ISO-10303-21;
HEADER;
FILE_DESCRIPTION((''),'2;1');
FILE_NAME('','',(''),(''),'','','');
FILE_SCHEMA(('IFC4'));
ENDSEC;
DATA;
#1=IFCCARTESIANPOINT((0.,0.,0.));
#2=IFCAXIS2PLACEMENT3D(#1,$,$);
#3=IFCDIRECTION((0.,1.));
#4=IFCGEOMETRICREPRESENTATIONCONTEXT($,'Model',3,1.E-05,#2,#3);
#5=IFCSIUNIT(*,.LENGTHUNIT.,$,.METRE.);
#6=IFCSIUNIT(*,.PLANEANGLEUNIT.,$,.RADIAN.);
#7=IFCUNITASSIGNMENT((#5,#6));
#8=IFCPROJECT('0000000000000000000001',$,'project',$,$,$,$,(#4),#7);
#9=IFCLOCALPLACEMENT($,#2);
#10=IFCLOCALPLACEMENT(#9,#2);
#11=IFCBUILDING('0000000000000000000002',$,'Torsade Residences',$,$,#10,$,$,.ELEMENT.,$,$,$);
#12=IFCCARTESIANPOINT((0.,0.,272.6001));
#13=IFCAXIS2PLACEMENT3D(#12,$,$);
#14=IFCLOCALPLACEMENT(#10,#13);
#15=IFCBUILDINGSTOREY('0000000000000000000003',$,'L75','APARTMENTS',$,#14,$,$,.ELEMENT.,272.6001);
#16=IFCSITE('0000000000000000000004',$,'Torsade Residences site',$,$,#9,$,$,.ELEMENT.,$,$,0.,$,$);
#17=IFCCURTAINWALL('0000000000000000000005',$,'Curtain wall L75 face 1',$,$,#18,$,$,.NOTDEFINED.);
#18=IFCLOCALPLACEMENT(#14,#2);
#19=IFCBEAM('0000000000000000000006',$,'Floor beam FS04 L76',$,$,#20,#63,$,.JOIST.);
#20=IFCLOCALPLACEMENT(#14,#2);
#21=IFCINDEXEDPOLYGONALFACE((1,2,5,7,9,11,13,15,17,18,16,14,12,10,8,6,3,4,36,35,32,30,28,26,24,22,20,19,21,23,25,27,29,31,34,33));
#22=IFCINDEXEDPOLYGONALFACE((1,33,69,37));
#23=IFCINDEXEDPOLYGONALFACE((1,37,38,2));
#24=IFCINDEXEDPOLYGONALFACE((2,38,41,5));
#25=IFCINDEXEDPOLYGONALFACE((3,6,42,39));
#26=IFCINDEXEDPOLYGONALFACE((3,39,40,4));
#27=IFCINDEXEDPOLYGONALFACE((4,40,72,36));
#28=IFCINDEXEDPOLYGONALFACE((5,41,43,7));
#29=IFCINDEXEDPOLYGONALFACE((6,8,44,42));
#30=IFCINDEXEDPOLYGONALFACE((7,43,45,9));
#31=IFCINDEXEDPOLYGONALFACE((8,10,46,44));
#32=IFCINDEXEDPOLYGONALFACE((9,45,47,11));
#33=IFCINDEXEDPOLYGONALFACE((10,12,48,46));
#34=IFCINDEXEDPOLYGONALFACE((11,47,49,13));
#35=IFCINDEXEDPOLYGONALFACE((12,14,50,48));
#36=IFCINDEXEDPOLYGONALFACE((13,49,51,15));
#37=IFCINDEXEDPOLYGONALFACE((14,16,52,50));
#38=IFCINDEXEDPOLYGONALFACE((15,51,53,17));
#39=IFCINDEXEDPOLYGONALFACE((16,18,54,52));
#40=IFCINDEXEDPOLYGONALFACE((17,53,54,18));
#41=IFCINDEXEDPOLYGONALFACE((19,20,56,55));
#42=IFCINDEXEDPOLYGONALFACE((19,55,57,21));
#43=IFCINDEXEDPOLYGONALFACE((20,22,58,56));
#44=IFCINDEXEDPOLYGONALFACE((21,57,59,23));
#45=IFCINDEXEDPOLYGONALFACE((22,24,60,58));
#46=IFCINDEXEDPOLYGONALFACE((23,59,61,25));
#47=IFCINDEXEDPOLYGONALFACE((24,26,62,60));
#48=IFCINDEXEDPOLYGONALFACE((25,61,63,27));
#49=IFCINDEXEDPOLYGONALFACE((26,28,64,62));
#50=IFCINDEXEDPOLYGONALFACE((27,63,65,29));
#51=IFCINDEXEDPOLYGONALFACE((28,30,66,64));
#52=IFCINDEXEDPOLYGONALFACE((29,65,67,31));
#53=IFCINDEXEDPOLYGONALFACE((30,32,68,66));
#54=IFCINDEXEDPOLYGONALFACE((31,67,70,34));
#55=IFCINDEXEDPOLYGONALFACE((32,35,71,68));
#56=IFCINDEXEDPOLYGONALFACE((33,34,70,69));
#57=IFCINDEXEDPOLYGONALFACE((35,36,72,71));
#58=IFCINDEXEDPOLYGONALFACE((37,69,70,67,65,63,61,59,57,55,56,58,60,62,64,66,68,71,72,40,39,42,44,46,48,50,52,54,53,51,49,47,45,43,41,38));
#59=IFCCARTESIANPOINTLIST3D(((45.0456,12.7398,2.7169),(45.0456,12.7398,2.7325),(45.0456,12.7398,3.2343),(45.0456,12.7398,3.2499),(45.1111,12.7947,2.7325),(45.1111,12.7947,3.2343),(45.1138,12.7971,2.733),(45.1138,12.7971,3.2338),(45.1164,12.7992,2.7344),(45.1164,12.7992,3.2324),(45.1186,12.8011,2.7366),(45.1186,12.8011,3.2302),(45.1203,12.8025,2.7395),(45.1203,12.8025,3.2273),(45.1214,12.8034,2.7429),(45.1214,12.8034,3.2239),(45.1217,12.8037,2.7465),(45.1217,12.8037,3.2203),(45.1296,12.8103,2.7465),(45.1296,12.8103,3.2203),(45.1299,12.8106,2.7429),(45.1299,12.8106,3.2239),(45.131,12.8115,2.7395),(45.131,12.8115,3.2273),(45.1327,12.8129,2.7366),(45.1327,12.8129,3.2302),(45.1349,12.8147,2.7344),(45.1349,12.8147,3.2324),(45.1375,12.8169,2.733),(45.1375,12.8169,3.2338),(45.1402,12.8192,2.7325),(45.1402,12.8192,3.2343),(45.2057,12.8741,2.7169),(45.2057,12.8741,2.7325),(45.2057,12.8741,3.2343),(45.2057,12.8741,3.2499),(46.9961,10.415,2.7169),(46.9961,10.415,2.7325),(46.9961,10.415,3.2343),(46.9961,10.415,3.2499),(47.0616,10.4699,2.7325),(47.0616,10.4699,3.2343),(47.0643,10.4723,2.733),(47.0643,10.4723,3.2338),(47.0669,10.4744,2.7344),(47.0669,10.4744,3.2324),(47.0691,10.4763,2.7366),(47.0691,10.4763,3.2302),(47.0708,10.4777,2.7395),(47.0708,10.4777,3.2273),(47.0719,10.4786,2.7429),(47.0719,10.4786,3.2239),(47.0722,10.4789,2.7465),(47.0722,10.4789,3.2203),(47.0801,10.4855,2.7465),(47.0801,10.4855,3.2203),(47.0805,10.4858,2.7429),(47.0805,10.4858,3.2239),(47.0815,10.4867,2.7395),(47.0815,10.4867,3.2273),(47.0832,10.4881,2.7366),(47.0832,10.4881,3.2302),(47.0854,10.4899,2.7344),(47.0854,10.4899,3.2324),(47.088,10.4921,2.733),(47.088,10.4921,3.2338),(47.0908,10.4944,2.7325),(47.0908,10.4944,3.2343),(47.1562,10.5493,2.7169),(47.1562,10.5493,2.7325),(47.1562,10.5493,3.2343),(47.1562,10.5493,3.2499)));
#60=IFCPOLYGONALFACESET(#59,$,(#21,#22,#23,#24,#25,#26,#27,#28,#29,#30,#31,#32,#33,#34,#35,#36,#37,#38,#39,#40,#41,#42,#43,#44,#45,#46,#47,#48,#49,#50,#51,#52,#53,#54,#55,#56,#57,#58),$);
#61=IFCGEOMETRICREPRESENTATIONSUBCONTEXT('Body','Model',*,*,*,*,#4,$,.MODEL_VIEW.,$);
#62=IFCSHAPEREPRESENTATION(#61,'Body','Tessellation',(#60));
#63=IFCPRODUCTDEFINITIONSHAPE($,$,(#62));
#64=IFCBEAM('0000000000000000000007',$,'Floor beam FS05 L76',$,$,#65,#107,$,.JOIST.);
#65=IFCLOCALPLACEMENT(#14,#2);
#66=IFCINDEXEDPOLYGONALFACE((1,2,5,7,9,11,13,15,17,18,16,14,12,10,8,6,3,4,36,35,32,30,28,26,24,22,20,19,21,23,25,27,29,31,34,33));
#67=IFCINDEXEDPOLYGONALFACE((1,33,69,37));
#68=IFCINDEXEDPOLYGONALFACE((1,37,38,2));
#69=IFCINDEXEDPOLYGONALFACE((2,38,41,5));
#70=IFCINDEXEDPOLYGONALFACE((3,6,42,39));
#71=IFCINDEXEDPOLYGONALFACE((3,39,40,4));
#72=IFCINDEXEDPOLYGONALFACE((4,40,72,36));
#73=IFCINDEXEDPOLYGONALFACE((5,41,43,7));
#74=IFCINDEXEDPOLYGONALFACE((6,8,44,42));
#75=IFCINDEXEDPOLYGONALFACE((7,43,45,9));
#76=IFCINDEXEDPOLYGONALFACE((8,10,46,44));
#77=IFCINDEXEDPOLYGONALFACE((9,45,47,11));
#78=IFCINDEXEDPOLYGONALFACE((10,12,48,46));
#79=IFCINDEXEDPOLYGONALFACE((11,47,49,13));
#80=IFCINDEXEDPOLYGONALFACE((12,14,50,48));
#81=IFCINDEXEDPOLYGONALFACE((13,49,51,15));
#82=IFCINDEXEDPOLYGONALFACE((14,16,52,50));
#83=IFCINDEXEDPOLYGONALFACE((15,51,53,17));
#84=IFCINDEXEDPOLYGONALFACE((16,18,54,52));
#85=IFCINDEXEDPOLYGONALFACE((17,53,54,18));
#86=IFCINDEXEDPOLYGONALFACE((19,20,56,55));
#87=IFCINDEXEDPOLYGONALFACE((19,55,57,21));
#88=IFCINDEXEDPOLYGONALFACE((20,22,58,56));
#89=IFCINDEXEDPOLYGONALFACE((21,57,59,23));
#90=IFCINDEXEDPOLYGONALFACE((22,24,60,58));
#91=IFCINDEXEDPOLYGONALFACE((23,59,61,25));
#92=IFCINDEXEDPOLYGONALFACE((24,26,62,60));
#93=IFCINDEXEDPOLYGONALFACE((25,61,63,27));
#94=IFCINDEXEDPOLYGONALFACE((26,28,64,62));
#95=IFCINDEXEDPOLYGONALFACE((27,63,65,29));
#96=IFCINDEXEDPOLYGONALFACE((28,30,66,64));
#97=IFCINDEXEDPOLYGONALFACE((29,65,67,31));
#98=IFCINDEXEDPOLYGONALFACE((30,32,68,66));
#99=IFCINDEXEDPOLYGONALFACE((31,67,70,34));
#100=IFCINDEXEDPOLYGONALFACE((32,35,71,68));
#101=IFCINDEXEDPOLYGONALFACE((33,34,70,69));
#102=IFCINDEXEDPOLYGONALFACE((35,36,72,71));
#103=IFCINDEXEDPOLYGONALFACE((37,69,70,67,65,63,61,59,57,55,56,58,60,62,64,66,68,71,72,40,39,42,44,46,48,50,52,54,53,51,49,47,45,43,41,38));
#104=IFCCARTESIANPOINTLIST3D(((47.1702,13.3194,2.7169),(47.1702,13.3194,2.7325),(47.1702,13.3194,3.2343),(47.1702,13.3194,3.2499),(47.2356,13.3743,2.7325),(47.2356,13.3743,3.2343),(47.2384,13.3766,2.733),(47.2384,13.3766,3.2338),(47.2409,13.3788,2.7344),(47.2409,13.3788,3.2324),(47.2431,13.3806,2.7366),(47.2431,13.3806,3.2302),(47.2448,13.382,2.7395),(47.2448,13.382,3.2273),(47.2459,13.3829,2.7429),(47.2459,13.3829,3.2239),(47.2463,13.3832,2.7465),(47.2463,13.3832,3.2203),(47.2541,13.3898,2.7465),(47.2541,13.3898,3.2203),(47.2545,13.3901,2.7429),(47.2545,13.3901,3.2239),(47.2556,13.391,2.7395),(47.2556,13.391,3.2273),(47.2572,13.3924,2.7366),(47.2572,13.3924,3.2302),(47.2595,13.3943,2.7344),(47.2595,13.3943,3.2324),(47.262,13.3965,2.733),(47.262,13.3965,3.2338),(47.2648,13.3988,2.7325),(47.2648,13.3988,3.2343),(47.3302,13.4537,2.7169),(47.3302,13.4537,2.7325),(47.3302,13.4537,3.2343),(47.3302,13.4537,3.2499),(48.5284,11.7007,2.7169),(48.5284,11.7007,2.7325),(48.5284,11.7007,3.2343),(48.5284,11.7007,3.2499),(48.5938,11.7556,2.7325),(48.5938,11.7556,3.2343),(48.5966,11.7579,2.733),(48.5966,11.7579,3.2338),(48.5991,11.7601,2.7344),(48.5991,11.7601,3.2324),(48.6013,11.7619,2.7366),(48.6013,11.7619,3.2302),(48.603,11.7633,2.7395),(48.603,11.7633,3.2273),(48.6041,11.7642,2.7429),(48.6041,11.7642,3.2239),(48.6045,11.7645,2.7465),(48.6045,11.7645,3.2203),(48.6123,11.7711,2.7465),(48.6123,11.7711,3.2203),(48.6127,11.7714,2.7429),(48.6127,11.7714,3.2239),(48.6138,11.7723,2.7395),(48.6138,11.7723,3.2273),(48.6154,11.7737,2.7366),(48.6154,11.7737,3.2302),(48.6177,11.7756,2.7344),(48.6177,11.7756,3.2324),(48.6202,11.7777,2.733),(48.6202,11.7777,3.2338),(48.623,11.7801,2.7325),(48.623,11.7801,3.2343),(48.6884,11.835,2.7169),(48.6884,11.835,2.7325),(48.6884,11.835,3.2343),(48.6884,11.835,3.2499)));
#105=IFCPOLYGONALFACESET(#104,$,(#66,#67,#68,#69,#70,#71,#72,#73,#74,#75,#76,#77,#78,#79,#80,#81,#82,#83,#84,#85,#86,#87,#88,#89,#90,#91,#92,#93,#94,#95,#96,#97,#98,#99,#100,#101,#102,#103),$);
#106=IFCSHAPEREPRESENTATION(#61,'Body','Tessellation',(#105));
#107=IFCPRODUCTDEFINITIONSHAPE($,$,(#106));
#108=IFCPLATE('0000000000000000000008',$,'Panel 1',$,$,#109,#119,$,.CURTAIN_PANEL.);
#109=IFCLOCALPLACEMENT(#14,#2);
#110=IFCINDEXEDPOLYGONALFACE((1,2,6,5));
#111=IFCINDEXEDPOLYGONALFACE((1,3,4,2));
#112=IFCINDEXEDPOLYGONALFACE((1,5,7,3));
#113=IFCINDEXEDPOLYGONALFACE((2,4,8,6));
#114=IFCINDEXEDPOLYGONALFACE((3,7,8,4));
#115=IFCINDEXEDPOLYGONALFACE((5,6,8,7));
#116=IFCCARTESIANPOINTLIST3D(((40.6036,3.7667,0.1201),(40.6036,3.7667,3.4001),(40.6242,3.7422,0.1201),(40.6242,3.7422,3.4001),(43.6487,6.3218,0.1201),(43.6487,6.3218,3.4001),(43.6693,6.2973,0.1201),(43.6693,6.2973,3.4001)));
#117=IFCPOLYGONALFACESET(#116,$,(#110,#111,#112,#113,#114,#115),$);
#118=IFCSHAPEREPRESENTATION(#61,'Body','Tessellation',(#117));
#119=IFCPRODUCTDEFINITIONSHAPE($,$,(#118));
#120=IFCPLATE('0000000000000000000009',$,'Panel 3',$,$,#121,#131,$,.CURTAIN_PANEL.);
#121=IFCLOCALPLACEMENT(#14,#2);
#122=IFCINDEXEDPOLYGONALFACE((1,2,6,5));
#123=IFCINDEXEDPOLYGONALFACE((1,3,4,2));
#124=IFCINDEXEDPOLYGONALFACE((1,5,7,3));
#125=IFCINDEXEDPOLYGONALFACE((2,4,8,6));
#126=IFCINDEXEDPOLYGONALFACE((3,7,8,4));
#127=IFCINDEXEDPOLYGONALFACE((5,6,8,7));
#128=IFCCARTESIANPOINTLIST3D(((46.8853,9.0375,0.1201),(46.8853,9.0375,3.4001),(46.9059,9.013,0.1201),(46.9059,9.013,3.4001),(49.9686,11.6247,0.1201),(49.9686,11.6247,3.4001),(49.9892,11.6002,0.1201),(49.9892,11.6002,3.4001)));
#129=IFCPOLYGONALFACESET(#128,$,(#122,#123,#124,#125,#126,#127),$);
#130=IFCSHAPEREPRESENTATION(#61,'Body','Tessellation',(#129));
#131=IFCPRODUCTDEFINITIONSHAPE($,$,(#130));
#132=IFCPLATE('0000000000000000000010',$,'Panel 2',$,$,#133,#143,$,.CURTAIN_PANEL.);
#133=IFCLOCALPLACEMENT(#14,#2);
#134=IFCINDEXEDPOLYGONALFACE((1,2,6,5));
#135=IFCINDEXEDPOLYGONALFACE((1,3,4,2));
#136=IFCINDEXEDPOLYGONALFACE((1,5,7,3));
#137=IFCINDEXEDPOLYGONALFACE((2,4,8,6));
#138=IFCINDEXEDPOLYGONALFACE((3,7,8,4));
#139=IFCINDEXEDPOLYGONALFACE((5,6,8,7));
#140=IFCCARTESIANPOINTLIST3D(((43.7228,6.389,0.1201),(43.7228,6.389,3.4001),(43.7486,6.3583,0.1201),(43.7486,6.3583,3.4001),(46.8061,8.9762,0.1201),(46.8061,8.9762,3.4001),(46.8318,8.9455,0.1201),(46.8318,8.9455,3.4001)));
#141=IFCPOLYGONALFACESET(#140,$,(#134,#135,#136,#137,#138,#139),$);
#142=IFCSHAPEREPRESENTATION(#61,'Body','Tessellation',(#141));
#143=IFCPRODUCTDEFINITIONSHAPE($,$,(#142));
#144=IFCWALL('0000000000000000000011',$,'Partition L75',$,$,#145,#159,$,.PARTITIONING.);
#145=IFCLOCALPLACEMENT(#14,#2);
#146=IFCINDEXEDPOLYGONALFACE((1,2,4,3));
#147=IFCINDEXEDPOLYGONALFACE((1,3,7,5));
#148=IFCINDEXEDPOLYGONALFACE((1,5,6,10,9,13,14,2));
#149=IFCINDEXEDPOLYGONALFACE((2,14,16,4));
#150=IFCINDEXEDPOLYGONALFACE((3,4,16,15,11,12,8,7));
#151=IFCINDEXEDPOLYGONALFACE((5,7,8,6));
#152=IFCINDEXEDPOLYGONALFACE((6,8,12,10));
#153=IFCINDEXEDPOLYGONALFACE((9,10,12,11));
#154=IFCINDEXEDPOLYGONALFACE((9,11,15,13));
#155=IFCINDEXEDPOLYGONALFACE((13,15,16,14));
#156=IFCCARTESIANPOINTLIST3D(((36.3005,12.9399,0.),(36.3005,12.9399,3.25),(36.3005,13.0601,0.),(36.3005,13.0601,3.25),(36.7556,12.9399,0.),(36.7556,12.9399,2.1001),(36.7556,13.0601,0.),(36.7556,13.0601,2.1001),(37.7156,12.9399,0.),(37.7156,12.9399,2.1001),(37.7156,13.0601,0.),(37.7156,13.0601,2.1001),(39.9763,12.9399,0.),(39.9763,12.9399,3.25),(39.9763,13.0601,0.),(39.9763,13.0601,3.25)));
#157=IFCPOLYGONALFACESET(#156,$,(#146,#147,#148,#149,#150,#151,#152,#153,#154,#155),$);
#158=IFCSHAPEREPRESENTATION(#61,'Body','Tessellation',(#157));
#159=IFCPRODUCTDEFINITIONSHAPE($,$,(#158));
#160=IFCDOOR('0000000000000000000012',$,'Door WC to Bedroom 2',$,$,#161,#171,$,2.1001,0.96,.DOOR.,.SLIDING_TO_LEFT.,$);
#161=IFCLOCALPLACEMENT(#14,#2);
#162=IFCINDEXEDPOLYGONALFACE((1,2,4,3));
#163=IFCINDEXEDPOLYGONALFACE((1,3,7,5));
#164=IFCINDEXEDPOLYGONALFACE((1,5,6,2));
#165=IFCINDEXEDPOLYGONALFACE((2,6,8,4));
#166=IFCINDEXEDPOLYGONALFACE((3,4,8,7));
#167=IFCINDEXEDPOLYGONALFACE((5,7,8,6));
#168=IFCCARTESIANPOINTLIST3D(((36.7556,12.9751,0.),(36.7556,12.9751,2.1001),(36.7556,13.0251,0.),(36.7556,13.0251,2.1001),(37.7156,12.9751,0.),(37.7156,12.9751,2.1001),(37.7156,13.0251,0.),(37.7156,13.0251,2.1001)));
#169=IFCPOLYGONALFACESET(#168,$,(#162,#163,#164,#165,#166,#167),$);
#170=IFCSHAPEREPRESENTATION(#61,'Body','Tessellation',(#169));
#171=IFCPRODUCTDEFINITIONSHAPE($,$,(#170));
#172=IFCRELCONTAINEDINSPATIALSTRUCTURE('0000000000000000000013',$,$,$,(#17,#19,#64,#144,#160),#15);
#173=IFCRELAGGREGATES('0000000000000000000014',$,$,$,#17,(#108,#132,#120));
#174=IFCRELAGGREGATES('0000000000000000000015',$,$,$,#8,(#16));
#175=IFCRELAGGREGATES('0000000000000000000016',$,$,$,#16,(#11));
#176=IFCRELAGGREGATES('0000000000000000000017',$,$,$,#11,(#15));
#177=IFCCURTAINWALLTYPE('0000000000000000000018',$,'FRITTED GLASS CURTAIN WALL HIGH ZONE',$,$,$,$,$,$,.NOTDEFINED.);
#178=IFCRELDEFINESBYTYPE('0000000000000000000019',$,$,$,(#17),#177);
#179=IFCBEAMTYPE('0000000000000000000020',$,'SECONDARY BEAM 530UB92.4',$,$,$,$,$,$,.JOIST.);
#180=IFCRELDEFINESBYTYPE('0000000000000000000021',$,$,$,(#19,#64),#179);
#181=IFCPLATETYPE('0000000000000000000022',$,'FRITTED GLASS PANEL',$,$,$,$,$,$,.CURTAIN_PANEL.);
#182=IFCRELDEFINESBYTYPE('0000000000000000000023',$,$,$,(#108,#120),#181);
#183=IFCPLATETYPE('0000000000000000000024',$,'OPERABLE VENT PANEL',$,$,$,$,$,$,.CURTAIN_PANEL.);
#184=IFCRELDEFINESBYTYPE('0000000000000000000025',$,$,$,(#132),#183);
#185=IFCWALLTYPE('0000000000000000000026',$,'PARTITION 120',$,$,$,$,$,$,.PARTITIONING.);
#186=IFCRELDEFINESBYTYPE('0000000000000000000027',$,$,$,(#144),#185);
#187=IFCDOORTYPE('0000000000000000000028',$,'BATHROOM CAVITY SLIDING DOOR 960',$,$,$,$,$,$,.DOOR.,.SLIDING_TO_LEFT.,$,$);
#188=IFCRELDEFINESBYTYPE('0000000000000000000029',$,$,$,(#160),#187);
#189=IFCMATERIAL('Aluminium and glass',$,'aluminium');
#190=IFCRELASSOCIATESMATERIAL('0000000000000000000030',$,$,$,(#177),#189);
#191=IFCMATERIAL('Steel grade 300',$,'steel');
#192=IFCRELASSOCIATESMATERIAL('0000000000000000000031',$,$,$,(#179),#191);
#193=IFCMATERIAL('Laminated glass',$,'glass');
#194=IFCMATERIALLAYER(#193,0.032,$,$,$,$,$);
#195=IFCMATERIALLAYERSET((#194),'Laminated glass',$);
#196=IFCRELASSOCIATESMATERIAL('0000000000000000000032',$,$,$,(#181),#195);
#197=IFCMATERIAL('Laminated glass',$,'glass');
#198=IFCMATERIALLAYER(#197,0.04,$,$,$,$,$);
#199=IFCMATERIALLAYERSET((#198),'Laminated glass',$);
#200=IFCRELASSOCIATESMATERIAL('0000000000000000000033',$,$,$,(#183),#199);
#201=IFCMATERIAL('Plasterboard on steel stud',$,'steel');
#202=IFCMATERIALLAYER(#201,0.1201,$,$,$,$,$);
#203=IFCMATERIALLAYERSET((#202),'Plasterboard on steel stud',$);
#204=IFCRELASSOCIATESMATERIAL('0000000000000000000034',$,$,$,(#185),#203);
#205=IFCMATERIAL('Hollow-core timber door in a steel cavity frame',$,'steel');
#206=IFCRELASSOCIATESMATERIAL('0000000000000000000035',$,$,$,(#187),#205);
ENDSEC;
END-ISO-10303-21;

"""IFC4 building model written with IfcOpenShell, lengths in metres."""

from ifc_helpers import new_model, si_unit, direction, frame, frame_2d, origin, origin_2d, place, context, subcontext, project, spatial, rectangle, i_section, extrude, material, layer, layer_set, material_profile, profile_set, type_object, element, fill, aggregate, save


model = new_model("IFC4")

# Units and contexts
model_context = context("Model", 3, precision=1e-05, world=origin(), true_north=direction((0.0, 1.0)))
body_context = subcontext(model_context, "Body", "Model", "MODEL_VIEW")
ifc_project = project(units=[si_unit("LENGTHUNIT", "METRE"), si_unit("PLANEANGLEUNIT", "RADIAN")], contexts=[model_context])

# Site, building, storey
site_placement = place(None, origin())
site = spatial("IfcSite", under=ifc_project, at=site_placement, Name="Torsade Residences site", CompositionType="ELEMENT", RefElevation=0.0)
building_placement = place(site_placement, origin())
building = spatial("IfcBuilding", under=site, at=building_placement, Name="Torsade Residences", CompositionType="ELEMENT")
storey_placement = place(building_placement, frame((0.0, 0.0, 272.6001)))
storey = spatial("IfcBuildingStorey", under=building, at=storey_placement, Name="L75", Description="APARTMENTS", CompositionType="ELEMENT", Elevation=272.6001)

# Curtain wall
ifc_material_1 = material(Name="Aluminium and glass", Category="aluminium")
curtain_wall_type = type_object("IfcCurtainWallType", Name="FRITTED GLASS CURTAIN WALL HIGH ZONE", PredefinedType="NOTDEFINED", material=ifc_material_1)
curtain_wall_placement = place(storey_placement, origin())
curtain_wall = element("IfcCurtainWall", 1, at=curtain_wall_placement, inside=storey, type_object=curtain_wall_type, Name="Curtain wall L75 face 1", PredefinedType="NOTDEFINED")

# Beams
ifc_material_2 = material(Name="Steel grade 300", Category="steel")
ifc_material_profile_1 = material_profile(ifc_material_2, i_section(OverallWidth=0.209, OverallDepth=0.533, WebThickness=0.0103, FlangeThickness=0.0156, FilletRadius=0.0139, at=origin_2d()), Name="530UB92.4")
ifc_profile_set_1 = profile_set([ifc_material_profile_1], Name="Steel grade 300")
beam_type_1 = type_object("IfcBeamType", Name="SECONDARY BEAM 530UB92.4", PredefinedType="JOIST", material=ifc_profile_set_1)
beam_1_placement = place(storey_placement, frame((47.0762, 10.4822, 2.9834), z_axis=(-0.642745, 0.76608, 0.0), x_axis=(-0.76608, -0.642745, 0.0)))
element("IfcBeam", 2, at=beam_1_placement, inside=storey, type_object=beam_type_1, Name="Floor beam FS04 L76", PredefinedType="JOIST", context=body_context, shape_type="SweptSolid", body=[
    extrude(i_section(OverallWidth=0.209, OverallDepth=0.533, WebThickness=0.0103, FlangeThickness=0.0156, FilletRadius=0.0139, at=origin_2d()), origin(), (0.0, 0.0, 1.0), 3.0347),
])
beam_2_placement = place(storey_placement, frame((48.6084, 11.7678, 2.9834), z_axis=(-0.642772, 0.766058, 0.0), x_axis=(-0.766058, -0.642772, 0.0)))
element("IfcBeam", 3, at=beam_2_placement, inside=storey, type_object=beam_type_1, Name="Floor beam FS05 L76", PredefinedType="JOIST", context=body_context, shape_type="SweptSolid", body=[
    extrude(i_section(OverallWidth=0.209, OverallDepth=0.533, WebThickness=0.0103, FlangeThickness=0.0156, FilletRadius=0.0139, at=origin_2d()), origin(), (0.0, 0.0, 1.0), 2.113),
])

# Plates
ifc_material_3 = material(Name="Laminated glass", Category="glass")
ifc_layer_1 = layer(ifc_material_3, 0.032)
ifc_layer_set_1 = layer_set([ifc_layer_1], Name="Laminated glass")
plate_type_1 = type_object("IfcPlateType", Name="FRITTED GLASS PANEL", PredefinedType="CURTAIN_PANEL", material=ifc_layer_set_1)
plate_1_placement = place(storey_placement, frame((42.1365, 5.032, 0.1201), z_axis=(0.0, 0.0, 1.0), x_axis=(0.766044, 0.642788, 0.0)))
plate_1 = element("IfcPlate", 4, at=plate_1_placement, type_object=plate_type_1, Name="Panel 1", PredefinedType="CURTAIN_PANEL", context=body_context, shape_type="SweptSolid", body=[
    extrude(rectangle(XDim=3.9751, YDim=0.032, at=origin_2d()), origin(), (0.0, 0.0, 1.0), 3.28),
])
plate_2_placement = place(storey_placement, frame((48.4373, 10.3188, 0.1201), z_axis=(0.0, 0.0, 1.0), x_axis=(0.766044, 0.642788, 0.0)))
plate_2 = element("IfcPlate", 5, at=plate_2_placement, type_object=plate_type_1, Name="Panel 3", PredefinedType="CURTAIN_PANEL", context=body_context, shape_type="SweptSolid", body=[
    extrude(rectangle(XDim=4.0249, YDim=0.032, at=origin_2d()), origin(), (0.0, 0.0, 1.0), 3.28),
])
ifc_material_4 = material(Name="Laminated glass", Category="glass")
ifc_layer_2 = layer(ifc_material_4, 0.04)
ifc_layer_set_2 = layer_set([ifc_layer_2], Name="Laminated glass")
plate_type_2 = type_object("IfcPlateType", Name="OPERABLE VENT PANEL", PredefinedType="CURTAIN_PANEL", material=ifc_layer_set_2)
plate_3_placement = place(storey_placement, frame((45.2773, 7.6672, 0.1201), z_axis=(0.0, 0.0, 1.0), x_axis=(0.766044, 0.642788, 0.0)))
plate_3 = element("IfcPlate", 6, at=plate_3_placement, type_object=plate_type_2, Name="Panel 2", PredefinedType="CURTAIN_PANEL", context=body_context, shape_type="SweptSolid", body=[
    extrude(rectangle(XDim=4.0249, YDim=0.04, at=origin_2d()), origin(), (0.0, 0.0, 1.0), 3.28),
])
aggregate(curtain_wall, [plate_1, plate_3, plate_2])

# Wall, opening, door
ifc_material_5 = material(Name="Plasterboard on steel stud", Category="steel")
ifc_layer_3 = layer(ifc_material_5, 0.1201)
ifc_layer_set_3 = layer_set([ifc_layer_3], Name="Plasterboard on steel stud")
wall_type = type_object("IfcWallType", Name="PARTITION 120", PredefinedType="PARTITIONING", material=ifc_layer_set_3)
wall_1_placement = place(storey_placement, frame((39.9763, 13.0, 0.0), z_axis=(0.0, 0.0, 1.0), x_axis=(-1.0, 0.0, 0.0)))
wall_1 = element("IfcWall", 7, at=wall_1_placement, inside=storey, type_object=wall_type, Name="Partition L75", PredefinedType="PARTITIONING", context=body_context, shape_type="SweptSolid", body=[
    extrude(rectangle(XDim=3.6758, YDim=0.1201, at=frame_2d((1.8379, 0.0))), origin(), (0.0, 0.0, 1.0), 3.25),
])
opening_1_placement = place(wall_1_placement, frame((2.2607, 0.0, 0.0)))
opening_1 = element("IfcOpeningElement", 8, at=opening_1_placement, cuts=wall_1, PredefinedType="OPENING", context=body_context, shape_type="SweptSolid", body=[
    extrude(rectangle(XDim=0.96, YDim=2.1001, at=frame_2d((0.48, 1.05))), frame((0.0, 0.0701, 0.0), z_axis=(0.0, -1.0, 0.0), x_axis=(1.0, 0.0, 0.0)), (0.0, 0.0, 1.0), 0.1401),
])
ifc_material_6 = material(Name="Hollow-core timber door in a steel cavity frame", Category="steel")
door_type_1 = type_object("IfcDoorType", Name="BATHROOM CAVITY SLIDING DOOR 960", OperationType="SLIDING_TO_LEFT", PredefinedType="DOOR", material=ifc_material_6)
door_1_placement = place(opening_1_placement, origin())
door_1 = element("IfcDoor", 9, at=door_1_placement, inside=storey, type_object=door_type_1, Name="Door WC to Bedroom 2", OperationType="SLIDING_TO_LEFT", OverallHeight=2.1001, OverallWidth=0.96, PredefinedType="DOOR", context=body_context, shape_type="SweptSolid", body=[
    extrude(rectangle(XDim=0.96, YDim=2.1001, at=frame_2d((0.48, 1.05))), frame((0.0, 0.0249, 0.0), z_axis=(0.0, -1.0, 0.0), x_axis=(1.0, 0.0, 0.0)), (0.0, 0.0, 1.0), 0.05),
])
fill(opening_1, door_1)

save(model, "model.ifc")
